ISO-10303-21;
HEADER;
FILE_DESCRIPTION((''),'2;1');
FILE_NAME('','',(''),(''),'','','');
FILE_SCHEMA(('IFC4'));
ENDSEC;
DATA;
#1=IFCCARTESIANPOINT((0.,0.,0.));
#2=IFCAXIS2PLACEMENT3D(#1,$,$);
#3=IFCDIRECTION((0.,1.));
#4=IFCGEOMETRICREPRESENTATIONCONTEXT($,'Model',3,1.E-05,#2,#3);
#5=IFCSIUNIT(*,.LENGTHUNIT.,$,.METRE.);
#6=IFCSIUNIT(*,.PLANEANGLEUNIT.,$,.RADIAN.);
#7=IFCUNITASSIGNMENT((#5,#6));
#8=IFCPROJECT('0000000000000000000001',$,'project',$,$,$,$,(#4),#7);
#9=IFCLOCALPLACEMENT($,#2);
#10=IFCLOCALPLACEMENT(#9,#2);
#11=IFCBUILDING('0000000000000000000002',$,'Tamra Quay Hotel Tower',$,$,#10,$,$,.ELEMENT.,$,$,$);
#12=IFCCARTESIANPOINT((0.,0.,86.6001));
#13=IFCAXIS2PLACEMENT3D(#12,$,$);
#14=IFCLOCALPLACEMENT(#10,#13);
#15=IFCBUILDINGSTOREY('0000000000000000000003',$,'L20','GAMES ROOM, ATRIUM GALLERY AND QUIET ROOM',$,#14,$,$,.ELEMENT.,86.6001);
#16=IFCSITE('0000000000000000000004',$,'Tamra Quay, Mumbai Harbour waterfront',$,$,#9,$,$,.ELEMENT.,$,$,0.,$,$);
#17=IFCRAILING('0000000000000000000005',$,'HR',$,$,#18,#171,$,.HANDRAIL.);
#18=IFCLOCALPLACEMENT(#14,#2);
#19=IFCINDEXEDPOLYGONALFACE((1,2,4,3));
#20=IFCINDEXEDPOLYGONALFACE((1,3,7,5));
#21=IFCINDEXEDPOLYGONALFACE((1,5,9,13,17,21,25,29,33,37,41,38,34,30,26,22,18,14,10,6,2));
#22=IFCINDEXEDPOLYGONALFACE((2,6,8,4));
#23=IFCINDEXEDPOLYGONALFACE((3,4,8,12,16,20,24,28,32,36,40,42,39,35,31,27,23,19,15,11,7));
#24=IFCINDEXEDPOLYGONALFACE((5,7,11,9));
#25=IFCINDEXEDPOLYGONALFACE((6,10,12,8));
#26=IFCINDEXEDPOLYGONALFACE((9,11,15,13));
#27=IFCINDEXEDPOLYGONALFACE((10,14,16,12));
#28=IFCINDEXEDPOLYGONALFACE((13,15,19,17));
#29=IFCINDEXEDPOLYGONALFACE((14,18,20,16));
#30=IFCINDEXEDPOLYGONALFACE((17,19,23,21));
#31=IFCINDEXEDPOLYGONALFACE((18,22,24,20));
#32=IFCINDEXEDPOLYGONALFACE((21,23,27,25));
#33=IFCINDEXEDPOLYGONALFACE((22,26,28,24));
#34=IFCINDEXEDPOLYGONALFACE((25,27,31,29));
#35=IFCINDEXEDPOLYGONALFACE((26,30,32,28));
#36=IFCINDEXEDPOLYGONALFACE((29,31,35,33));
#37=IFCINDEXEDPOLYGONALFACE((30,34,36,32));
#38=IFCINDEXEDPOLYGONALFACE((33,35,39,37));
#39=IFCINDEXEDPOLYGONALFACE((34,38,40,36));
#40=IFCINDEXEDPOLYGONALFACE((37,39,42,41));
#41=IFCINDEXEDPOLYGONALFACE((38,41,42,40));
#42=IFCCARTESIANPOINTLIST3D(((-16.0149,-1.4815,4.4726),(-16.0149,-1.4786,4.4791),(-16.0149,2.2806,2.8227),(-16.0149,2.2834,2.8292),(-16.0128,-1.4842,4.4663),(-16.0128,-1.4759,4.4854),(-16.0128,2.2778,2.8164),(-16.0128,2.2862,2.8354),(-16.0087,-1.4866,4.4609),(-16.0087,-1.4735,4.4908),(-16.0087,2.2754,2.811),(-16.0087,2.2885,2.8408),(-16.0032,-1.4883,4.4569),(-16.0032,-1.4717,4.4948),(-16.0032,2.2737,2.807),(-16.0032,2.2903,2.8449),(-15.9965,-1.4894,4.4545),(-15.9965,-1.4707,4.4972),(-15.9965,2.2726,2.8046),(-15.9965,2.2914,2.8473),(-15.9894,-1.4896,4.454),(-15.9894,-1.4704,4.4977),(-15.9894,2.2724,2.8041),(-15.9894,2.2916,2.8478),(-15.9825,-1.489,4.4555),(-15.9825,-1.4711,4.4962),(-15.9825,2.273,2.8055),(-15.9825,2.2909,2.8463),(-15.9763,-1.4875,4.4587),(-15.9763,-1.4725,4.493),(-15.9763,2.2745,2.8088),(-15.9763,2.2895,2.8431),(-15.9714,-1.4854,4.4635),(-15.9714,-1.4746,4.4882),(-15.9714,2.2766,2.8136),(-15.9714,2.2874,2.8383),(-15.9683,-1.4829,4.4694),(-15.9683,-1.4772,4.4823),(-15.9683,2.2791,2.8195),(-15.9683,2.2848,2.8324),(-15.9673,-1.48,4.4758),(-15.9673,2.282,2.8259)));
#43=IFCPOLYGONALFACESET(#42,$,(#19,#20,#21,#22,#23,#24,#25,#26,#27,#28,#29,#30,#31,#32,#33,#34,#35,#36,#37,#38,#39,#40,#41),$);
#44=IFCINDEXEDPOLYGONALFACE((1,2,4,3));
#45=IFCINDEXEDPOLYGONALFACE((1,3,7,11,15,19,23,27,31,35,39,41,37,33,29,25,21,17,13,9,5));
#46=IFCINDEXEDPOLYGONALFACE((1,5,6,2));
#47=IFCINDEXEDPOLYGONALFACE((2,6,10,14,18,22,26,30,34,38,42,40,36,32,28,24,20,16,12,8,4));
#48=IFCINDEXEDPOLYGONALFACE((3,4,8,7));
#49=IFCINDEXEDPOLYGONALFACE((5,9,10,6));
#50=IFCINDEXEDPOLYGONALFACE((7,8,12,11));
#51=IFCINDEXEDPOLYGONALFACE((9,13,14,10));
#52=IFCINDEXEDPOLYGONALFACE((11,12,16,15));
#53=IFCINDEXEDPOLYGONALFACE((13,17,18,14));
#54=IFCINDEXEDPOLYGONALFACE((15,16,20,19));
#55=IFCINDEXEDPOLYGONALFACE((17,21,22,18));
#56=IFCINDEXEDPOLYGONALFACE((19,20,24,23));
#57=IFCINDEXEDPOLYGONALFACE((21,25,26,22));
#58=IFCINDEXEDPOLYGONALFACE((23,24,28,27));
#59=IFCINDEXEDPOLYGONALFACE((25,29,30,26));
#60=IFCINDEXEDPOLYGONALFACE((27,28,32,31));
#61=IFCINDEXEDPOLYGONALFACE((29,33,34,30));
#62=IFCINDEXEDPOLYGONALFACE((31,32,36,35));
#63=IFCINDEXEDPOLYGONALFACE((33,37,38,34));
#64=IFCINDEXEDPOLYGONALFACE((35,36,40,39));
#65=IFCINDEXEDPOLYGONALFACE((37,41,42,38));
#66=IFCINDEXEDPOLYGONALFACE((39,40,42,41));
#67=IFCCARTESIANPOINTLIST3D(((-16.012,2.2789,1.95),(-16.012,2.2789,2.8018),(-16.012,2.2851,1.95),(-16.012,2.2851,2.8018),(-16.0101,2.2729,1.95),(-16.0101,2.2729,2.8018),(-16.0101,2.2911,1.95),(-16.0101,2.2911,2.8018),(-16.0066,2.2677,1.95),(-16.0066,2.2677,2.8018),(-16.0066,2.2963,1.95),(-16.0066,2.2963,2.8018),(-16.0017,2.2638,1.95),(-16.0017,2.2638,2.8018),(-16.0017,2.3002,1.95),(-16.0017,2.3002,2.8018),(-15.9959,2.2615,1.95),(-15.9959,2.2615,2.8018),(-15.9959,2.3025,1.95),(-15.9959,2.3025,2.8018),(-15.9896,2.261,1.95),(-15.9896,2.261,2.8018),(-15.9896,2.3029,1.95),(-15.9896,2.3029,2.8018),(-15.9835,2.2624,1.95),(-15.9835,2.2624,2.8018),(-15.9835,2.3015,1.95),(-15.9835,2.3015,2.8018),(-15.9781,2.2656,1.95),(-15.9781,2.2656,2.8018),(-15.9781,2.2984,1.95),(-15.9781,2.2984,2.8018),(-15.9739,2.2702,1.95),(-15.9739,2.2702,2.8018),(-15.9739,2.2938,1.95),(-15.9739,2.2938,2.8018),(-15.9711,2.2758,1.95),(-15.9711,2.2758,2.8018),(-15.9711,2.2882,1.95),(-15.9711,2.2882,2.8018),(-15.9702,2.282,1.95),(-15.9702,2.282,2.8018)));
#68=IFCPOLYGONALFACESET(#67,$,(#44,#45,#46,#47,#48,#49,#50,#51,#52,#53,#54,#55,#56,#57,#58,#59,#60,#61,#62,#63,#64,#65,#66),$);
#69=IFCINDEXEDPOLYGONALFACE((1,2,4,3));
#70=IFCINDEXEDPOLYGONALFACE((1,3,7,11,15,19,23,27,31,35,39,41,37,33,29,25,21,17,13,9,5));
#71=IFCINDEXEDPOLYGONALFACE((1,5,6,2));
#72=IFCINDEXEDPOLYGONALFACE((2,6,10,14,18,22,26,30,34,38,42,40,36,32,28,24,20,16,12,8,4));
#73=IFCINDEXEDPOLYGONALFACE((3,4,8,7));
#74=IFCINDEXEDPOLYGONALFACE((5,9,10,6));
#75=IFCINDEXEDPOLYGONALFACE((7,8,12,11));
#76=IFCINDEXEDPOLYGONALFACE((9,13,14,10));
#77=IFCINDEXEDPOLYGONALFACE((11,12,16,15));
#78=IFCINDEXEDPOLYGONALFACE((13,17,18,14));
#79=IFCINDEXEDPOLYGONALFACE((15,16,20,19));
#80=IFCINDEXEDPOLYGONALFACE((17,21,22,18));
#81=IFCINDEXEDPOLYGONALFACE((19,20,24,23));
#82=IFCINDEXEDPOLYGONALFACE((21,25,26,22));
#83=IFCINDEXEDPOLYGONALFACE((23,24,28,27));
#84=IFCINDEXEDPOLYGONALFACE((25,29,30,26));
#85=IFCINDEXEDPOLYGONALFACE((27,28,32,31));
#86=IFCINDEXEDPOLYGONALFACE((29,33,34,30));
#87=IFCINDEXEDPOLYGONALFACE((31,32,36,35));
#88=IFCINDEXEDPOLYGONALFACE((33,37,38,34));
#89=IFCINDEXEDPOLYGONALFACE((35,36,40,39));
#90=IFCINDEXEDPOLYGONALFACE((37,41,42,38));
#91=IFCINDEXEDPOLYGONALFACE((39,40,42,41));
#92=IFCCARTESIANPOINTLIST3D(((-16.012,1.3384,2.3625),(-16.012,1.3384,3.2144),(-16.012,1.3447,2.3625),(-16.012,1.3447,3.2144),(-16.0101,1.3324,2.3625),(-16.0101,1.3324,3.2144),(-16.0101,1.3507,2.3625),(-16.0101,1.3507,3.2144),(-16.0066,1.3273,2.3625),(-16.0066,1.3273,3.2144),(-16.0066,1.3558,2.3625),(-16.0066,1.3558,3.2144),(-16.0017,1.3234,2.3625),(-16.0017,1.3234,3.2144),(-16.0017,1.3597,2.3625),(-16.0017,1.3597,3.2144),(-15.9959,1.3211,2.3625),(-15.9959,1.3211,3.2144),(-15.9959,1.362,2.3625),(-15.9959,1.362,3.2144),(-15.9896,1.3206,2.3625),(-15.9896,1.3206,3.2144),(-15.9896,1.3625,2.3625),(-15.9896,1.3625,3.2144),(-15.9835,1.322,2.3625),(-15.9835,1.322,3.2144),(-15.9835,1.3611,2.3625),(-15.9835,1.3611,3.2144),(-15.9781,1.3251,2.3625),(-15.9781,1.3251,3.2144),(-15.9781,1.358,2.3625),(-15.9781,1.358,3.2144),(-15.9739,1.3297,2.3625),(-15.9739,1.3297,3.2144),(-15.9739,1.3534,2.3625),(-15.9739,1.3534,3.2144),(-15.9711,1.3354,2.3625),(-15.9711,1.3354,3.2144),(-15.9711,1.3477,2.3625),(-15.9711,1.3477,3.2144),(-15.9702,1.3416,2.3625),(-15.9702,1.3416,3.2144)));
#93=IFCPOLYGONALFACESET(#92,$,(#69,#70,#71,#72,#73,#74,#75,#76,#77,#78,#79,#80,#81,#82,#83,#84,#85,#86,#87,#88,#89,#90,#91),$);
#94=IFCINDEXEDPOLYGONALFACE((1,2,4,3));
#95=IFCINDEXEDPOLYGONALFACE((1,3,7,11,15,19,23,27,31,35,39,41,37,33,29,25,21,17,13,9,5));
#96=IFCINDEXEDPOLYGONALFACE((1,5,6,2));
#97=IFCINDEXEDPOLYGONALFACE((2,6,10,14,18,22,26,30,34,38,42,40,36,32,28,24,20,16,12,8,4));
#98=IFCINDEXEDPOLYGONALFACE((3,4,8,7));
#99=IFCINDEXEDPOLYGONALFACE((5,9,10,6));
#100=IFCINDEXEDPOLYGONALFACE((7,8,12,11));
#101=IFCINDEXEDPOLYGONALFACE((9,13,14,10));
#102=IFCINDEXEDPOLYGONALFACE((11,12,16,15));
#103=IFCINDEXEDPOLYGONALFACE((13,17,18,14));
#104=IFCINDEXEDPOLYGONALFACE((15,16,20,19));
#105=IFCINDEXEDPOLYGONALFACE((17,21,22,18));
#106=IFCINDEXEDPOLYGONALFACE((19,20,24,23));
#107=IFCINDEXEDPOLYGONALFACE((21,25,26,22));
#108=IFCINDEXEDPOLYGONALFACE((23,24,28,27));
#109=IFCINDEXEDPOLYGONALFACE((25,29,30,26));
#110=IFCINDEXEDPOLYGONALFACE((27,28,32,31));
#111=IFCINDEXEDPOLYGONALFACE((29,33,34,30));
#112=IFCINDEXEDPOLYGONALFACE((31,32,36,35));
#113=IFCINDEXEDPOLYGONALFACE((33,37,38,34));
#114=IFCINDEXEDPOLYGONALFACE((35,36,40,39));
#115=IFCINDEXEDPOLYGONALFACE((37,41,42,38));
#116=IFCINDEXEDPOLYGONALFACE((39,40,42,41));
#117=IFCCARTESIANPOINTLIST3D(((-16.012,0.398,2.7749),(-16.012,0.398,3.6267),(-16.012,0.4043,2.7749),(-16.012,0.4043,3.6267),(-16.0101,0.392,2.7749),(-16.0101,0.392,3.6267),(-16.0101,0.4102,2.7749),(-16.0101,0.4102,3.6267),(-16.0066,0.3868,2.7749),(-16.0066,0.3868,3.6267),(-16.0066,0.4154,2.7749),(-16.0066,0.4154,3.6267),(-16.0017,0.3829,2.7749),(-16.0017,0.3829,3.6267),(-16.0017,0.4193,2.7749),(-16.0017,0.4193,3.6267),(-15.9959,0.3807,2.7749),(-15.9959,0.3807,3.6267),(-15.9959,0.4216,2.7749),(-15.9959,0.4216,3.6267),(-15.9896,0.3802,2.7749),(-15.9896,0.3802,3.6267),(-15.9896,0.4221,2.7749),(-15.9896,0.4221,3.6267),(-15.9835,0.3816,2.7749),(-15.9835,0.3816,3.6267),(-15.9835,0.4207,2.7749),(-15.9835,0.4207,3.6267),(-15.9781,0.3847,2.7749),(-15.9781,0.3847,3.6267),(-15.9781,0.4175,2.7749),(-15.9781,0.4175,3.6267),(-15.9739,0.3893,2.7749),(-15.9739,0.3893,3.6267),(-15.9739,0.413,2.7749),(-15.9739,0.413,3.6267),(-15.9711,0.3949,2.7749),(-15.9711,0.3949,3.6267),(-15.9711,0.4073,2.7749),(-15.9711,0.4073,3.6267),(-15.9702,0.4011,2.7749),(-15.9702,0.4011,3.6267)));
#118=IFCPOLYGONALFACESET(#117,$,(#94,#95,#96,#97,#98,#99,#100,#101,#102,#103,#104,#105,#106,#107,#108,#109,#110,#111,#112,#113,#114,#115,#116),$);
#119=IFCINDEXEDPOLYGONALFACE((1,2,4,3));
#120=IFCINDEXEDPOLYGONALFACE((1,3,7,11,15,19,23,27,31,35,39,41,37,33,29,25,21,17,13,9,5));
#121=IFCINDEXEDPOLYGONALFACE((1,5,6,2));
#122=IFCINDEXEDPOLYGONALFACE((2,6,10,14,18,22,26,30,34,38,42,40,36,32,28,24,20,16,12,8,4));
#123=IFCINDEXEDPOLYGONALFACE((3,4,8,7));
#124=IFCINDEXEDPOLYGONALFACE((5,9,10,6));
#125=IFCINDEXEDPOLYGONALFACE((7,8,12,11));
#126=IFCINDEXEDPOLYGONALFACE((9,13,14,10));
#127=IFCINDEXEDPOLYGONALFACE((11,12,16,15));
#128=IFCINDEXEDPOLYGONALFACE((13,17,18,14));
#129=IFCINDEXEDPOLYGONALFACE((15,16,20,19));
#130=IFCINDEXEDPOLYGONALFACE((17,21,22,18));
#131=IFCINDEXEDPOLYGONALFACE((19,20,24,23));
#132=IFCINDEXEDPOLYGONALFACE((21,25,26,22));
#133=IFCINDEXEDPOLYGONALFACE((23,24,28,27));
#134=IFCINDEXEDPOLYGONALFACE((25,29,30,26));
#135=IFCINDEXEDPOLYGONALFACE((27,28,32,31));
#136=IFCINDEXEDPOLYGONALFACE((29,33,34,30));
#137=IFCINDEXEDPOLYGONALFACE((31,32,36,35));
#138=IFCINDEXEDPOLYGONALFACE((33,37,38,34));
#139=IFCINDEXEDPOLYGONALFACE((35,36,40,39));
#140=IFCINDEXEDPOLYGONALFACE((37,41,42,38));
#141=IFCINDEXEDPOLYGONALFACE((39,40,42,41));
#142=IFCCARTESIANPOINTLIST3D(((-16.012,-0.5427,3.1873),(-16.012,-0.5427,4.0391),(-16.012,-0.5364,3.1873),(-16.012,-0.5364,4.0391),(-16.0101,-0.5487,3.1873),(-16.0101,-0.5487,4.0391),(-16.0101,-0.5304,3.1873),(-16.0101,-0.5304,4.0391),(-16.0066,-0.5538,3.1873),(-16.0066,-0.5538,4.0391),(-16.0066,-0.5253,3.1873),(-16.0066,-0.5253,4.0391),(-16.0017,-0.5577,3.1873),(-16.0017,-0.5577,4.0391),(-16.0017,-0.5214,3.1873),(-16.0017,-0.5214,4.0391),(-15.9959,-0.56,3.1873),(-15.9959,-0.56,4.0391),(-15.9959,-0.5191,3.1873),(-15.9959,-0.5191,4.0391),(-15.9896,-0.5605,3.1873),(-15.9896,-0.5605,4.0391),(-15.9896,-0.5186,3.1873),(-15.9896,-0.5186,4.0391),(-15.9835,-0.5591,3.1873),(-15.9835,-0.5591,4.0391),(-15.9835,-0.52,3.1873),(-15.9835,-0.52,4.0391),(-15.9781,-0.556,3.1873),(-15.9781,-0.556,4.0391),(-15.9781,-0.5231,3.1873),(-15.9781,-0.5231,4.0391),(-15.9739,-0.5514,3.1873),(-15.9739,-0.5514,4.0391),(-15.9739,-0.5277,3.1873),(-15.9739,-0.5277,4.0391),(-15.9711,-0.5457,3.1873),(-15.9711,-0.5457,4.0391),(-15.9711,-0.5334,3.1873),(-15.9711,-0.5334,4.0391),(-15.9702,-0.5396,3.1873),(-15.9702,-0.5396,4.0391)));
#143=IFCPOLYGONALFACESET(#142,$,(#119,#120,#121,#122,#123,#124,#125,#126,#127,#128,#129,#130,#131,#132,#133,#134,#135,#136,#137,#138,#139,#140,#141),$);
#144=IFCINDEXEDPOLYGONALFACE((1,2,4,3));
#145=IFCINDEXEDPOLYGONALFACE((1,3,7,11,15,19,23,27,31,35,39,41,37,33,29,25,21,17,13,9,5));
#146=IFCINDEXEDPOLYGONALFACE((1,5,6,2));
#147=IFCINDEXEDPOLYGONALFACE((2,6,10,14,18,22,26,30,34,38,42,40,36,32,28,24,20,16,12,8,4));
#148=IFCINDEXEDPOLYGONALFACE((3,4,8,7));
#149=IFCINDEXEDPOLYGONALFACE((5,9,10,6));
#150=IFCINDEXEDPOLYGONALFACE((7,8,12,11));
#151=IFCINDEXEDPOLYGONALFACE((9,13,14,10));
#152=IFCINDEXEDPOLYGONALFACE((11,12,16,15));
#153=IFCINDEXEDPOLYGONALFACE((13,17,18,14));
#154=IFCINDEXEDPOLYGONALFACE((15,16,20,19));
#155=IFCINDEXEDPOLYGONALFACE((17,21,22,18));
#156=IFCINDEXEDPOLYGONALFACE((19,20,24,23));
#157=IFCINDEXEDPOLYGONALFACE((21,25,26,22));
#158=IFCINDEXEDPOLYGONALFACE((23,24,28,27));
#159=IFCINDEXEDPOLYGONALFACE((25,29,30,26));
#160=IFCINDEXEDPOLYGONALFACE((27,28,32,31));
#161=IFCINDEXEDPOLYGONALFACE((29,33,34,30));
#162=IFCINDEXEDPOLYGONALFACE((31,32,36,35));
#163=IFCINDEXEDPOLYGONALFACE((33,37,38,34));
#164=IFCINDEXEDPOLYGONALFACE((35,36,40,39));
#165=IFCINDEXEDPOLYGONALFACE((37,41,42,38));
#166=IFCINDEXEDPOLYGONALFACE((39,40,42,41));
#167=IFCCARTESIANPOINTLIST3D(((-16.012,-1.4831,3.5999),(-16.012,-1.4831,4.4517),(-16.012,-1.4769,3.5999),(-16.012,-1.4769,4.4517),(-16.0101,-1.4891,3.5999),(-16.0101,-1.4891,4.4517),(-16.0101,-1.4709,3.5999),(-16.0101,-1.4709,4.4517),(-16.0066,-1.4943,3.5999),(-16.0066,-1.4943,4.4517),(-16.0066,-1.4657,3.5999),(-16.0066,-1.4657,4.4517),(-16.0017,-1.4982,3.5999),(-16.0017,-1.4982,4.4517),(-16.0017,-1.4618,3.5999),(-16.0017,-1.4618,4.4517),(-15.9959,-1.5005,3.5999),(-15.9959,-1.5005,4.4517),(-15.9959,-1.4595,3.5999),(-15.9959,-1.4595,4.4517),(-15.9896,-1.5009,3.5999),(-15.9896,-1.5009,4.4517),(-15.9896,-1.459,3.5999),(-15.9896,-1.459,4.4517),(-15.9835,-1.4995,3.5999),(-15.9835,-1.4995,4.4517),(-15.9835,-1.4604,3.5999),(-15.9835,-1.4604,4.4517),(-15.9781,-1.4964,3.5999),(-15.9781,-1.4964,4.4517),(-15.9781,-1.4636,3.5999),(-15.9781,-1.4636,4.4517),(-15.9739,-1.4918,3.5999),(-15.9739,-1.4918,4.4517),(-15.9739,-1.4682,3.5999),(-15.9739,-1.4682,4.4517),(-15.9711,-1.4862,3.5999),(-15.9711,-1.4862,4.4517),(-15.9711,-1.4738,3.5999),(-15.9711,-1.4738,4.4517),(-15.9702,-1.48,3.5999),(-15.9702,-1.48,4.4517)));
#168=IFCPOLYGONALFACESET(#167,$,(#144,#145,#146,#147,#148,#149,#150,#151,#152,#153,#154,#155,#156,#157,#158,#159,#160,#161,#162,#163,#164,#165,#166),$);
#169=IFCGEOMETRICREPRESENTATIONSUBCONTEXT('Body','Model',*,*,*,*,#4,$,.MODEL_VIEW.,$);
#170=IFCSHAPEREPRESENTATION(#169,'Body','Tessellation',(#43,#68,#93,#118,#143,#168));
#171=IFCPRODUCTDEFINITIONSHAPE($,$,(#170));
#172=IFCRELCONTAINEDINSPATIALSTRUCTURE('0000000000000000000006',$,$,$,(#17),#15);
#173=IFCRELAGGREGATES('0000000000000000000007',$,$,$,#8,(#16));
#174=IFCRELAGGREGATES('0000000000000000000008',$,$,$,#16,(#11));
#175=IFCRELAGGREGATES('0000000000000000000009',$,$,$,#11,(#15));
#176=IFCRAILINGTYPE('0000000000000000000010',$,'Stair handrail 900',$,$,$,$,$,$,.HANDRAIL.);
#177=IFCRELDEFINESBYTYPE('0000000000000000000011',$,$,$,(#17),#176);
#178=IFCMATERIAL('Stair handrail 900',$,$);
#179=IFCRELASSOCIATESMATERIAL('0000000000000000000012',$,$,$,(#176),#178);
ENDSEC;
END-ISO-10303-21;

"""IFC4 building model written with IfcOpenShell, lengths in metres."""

from ifc_helpers import new_model, si_unit, direction, frame, origin, origin_2d, place, context, subcontext, project, spatial, circle, extrude, material, type_object, element, save


model = new_model("IFC4")

# Units and contexts
model_context = context("Model", 3, precision=1e-05, world=origin(), true_north=direction((0.0, 1.0)))
body_context = subcontext(model_context, "Body", "Model", "MODEL_VIEW")
ifc_project = project(units=[si_unit("LENGTHUNIT", "METRE"), si_unit("PLANEANGLEUNIT", "RADIAN")], contexts=[model_context])

# Site, building, storey
site_placement = place(None, origin())
site = spatial("IfcSite", under=ifc_project, at=site_placement, Name="Tamra Quay, Mumbai Harbour waterfront", CompositionType="ELEMENT", RefElevation=0.0)
building_placement = place(site_placement, origin())
building = spatial("IfcBuilding", under=site, at=building_placement, Name="Tamra Quay Hotel Tower", CompositionType="ELEMENT")
storey_placement = place(building_placement, frame((0.0, 0.0, 86.6001)))
storey = spatial("IfcBuildingStorey", under=building, at=storey_placement, Name="L20", Description="GAMES ROOM, ATRIUM GALLERY AND QUIET ROOM", CompositionType="ELEMENT", Elevation=86.6001)

# Railing
ifc_material_1 = material(Name="Stair handrail 900")
railing_type = type_object("IfcRailingType", Name="Stair handrail 900", PredefinedType="HANDRAIL", material=ifc_material_1)
railing_placement = place(storey_placement, frame((-15.9912, 2.282, 1.95)))
element("IfcRailing", 1, at=railing_placement, inside=storey, type_object=railing_type, Name="HR", PredefinedType="HANDRAIL", context=body_context, shape_type="SweptSolid", body=[
    extrude(circle(Radius=0.0239, at=origin_2d()), frame((0.0, 0.0, 0.876), z_axis=(0.0, -0.915795, 0.401645), x_axis=(1.0, 0.0, 0.0)), (0.0, 0.0, 1.0), 4.1079),
    extrude(circle(Radius=0.021, at=origin_2d()), origin(), (0.0, 0.0, 1.0), 0.8518),
    extrude(circle(Radius=0.021, at=origin_2d()), frame((0.0, -0.9404, 0.4126)), (0.0, 0.0, 1.0), 0.8518),
    extrude(circle(Radius=0.021, at=origin_2d()), frame((0.0, -1.8809, 0.825)), (0.0, 0.0, 1.0), 0.8518),
    extrude(circle(Radius=0.021, at=origin_2d()), frame((0.0, -2.8215, 1.2373)), (0.0, 0.0, 1.0), 0.8518),
    extrude(circle(Radius=0.021, at=origin_2d()), frame((0.0, -3.762, 1.6499)), (0.0, 0.0, 1.0), 0.8518),
])

save(model, "model.ifc")
